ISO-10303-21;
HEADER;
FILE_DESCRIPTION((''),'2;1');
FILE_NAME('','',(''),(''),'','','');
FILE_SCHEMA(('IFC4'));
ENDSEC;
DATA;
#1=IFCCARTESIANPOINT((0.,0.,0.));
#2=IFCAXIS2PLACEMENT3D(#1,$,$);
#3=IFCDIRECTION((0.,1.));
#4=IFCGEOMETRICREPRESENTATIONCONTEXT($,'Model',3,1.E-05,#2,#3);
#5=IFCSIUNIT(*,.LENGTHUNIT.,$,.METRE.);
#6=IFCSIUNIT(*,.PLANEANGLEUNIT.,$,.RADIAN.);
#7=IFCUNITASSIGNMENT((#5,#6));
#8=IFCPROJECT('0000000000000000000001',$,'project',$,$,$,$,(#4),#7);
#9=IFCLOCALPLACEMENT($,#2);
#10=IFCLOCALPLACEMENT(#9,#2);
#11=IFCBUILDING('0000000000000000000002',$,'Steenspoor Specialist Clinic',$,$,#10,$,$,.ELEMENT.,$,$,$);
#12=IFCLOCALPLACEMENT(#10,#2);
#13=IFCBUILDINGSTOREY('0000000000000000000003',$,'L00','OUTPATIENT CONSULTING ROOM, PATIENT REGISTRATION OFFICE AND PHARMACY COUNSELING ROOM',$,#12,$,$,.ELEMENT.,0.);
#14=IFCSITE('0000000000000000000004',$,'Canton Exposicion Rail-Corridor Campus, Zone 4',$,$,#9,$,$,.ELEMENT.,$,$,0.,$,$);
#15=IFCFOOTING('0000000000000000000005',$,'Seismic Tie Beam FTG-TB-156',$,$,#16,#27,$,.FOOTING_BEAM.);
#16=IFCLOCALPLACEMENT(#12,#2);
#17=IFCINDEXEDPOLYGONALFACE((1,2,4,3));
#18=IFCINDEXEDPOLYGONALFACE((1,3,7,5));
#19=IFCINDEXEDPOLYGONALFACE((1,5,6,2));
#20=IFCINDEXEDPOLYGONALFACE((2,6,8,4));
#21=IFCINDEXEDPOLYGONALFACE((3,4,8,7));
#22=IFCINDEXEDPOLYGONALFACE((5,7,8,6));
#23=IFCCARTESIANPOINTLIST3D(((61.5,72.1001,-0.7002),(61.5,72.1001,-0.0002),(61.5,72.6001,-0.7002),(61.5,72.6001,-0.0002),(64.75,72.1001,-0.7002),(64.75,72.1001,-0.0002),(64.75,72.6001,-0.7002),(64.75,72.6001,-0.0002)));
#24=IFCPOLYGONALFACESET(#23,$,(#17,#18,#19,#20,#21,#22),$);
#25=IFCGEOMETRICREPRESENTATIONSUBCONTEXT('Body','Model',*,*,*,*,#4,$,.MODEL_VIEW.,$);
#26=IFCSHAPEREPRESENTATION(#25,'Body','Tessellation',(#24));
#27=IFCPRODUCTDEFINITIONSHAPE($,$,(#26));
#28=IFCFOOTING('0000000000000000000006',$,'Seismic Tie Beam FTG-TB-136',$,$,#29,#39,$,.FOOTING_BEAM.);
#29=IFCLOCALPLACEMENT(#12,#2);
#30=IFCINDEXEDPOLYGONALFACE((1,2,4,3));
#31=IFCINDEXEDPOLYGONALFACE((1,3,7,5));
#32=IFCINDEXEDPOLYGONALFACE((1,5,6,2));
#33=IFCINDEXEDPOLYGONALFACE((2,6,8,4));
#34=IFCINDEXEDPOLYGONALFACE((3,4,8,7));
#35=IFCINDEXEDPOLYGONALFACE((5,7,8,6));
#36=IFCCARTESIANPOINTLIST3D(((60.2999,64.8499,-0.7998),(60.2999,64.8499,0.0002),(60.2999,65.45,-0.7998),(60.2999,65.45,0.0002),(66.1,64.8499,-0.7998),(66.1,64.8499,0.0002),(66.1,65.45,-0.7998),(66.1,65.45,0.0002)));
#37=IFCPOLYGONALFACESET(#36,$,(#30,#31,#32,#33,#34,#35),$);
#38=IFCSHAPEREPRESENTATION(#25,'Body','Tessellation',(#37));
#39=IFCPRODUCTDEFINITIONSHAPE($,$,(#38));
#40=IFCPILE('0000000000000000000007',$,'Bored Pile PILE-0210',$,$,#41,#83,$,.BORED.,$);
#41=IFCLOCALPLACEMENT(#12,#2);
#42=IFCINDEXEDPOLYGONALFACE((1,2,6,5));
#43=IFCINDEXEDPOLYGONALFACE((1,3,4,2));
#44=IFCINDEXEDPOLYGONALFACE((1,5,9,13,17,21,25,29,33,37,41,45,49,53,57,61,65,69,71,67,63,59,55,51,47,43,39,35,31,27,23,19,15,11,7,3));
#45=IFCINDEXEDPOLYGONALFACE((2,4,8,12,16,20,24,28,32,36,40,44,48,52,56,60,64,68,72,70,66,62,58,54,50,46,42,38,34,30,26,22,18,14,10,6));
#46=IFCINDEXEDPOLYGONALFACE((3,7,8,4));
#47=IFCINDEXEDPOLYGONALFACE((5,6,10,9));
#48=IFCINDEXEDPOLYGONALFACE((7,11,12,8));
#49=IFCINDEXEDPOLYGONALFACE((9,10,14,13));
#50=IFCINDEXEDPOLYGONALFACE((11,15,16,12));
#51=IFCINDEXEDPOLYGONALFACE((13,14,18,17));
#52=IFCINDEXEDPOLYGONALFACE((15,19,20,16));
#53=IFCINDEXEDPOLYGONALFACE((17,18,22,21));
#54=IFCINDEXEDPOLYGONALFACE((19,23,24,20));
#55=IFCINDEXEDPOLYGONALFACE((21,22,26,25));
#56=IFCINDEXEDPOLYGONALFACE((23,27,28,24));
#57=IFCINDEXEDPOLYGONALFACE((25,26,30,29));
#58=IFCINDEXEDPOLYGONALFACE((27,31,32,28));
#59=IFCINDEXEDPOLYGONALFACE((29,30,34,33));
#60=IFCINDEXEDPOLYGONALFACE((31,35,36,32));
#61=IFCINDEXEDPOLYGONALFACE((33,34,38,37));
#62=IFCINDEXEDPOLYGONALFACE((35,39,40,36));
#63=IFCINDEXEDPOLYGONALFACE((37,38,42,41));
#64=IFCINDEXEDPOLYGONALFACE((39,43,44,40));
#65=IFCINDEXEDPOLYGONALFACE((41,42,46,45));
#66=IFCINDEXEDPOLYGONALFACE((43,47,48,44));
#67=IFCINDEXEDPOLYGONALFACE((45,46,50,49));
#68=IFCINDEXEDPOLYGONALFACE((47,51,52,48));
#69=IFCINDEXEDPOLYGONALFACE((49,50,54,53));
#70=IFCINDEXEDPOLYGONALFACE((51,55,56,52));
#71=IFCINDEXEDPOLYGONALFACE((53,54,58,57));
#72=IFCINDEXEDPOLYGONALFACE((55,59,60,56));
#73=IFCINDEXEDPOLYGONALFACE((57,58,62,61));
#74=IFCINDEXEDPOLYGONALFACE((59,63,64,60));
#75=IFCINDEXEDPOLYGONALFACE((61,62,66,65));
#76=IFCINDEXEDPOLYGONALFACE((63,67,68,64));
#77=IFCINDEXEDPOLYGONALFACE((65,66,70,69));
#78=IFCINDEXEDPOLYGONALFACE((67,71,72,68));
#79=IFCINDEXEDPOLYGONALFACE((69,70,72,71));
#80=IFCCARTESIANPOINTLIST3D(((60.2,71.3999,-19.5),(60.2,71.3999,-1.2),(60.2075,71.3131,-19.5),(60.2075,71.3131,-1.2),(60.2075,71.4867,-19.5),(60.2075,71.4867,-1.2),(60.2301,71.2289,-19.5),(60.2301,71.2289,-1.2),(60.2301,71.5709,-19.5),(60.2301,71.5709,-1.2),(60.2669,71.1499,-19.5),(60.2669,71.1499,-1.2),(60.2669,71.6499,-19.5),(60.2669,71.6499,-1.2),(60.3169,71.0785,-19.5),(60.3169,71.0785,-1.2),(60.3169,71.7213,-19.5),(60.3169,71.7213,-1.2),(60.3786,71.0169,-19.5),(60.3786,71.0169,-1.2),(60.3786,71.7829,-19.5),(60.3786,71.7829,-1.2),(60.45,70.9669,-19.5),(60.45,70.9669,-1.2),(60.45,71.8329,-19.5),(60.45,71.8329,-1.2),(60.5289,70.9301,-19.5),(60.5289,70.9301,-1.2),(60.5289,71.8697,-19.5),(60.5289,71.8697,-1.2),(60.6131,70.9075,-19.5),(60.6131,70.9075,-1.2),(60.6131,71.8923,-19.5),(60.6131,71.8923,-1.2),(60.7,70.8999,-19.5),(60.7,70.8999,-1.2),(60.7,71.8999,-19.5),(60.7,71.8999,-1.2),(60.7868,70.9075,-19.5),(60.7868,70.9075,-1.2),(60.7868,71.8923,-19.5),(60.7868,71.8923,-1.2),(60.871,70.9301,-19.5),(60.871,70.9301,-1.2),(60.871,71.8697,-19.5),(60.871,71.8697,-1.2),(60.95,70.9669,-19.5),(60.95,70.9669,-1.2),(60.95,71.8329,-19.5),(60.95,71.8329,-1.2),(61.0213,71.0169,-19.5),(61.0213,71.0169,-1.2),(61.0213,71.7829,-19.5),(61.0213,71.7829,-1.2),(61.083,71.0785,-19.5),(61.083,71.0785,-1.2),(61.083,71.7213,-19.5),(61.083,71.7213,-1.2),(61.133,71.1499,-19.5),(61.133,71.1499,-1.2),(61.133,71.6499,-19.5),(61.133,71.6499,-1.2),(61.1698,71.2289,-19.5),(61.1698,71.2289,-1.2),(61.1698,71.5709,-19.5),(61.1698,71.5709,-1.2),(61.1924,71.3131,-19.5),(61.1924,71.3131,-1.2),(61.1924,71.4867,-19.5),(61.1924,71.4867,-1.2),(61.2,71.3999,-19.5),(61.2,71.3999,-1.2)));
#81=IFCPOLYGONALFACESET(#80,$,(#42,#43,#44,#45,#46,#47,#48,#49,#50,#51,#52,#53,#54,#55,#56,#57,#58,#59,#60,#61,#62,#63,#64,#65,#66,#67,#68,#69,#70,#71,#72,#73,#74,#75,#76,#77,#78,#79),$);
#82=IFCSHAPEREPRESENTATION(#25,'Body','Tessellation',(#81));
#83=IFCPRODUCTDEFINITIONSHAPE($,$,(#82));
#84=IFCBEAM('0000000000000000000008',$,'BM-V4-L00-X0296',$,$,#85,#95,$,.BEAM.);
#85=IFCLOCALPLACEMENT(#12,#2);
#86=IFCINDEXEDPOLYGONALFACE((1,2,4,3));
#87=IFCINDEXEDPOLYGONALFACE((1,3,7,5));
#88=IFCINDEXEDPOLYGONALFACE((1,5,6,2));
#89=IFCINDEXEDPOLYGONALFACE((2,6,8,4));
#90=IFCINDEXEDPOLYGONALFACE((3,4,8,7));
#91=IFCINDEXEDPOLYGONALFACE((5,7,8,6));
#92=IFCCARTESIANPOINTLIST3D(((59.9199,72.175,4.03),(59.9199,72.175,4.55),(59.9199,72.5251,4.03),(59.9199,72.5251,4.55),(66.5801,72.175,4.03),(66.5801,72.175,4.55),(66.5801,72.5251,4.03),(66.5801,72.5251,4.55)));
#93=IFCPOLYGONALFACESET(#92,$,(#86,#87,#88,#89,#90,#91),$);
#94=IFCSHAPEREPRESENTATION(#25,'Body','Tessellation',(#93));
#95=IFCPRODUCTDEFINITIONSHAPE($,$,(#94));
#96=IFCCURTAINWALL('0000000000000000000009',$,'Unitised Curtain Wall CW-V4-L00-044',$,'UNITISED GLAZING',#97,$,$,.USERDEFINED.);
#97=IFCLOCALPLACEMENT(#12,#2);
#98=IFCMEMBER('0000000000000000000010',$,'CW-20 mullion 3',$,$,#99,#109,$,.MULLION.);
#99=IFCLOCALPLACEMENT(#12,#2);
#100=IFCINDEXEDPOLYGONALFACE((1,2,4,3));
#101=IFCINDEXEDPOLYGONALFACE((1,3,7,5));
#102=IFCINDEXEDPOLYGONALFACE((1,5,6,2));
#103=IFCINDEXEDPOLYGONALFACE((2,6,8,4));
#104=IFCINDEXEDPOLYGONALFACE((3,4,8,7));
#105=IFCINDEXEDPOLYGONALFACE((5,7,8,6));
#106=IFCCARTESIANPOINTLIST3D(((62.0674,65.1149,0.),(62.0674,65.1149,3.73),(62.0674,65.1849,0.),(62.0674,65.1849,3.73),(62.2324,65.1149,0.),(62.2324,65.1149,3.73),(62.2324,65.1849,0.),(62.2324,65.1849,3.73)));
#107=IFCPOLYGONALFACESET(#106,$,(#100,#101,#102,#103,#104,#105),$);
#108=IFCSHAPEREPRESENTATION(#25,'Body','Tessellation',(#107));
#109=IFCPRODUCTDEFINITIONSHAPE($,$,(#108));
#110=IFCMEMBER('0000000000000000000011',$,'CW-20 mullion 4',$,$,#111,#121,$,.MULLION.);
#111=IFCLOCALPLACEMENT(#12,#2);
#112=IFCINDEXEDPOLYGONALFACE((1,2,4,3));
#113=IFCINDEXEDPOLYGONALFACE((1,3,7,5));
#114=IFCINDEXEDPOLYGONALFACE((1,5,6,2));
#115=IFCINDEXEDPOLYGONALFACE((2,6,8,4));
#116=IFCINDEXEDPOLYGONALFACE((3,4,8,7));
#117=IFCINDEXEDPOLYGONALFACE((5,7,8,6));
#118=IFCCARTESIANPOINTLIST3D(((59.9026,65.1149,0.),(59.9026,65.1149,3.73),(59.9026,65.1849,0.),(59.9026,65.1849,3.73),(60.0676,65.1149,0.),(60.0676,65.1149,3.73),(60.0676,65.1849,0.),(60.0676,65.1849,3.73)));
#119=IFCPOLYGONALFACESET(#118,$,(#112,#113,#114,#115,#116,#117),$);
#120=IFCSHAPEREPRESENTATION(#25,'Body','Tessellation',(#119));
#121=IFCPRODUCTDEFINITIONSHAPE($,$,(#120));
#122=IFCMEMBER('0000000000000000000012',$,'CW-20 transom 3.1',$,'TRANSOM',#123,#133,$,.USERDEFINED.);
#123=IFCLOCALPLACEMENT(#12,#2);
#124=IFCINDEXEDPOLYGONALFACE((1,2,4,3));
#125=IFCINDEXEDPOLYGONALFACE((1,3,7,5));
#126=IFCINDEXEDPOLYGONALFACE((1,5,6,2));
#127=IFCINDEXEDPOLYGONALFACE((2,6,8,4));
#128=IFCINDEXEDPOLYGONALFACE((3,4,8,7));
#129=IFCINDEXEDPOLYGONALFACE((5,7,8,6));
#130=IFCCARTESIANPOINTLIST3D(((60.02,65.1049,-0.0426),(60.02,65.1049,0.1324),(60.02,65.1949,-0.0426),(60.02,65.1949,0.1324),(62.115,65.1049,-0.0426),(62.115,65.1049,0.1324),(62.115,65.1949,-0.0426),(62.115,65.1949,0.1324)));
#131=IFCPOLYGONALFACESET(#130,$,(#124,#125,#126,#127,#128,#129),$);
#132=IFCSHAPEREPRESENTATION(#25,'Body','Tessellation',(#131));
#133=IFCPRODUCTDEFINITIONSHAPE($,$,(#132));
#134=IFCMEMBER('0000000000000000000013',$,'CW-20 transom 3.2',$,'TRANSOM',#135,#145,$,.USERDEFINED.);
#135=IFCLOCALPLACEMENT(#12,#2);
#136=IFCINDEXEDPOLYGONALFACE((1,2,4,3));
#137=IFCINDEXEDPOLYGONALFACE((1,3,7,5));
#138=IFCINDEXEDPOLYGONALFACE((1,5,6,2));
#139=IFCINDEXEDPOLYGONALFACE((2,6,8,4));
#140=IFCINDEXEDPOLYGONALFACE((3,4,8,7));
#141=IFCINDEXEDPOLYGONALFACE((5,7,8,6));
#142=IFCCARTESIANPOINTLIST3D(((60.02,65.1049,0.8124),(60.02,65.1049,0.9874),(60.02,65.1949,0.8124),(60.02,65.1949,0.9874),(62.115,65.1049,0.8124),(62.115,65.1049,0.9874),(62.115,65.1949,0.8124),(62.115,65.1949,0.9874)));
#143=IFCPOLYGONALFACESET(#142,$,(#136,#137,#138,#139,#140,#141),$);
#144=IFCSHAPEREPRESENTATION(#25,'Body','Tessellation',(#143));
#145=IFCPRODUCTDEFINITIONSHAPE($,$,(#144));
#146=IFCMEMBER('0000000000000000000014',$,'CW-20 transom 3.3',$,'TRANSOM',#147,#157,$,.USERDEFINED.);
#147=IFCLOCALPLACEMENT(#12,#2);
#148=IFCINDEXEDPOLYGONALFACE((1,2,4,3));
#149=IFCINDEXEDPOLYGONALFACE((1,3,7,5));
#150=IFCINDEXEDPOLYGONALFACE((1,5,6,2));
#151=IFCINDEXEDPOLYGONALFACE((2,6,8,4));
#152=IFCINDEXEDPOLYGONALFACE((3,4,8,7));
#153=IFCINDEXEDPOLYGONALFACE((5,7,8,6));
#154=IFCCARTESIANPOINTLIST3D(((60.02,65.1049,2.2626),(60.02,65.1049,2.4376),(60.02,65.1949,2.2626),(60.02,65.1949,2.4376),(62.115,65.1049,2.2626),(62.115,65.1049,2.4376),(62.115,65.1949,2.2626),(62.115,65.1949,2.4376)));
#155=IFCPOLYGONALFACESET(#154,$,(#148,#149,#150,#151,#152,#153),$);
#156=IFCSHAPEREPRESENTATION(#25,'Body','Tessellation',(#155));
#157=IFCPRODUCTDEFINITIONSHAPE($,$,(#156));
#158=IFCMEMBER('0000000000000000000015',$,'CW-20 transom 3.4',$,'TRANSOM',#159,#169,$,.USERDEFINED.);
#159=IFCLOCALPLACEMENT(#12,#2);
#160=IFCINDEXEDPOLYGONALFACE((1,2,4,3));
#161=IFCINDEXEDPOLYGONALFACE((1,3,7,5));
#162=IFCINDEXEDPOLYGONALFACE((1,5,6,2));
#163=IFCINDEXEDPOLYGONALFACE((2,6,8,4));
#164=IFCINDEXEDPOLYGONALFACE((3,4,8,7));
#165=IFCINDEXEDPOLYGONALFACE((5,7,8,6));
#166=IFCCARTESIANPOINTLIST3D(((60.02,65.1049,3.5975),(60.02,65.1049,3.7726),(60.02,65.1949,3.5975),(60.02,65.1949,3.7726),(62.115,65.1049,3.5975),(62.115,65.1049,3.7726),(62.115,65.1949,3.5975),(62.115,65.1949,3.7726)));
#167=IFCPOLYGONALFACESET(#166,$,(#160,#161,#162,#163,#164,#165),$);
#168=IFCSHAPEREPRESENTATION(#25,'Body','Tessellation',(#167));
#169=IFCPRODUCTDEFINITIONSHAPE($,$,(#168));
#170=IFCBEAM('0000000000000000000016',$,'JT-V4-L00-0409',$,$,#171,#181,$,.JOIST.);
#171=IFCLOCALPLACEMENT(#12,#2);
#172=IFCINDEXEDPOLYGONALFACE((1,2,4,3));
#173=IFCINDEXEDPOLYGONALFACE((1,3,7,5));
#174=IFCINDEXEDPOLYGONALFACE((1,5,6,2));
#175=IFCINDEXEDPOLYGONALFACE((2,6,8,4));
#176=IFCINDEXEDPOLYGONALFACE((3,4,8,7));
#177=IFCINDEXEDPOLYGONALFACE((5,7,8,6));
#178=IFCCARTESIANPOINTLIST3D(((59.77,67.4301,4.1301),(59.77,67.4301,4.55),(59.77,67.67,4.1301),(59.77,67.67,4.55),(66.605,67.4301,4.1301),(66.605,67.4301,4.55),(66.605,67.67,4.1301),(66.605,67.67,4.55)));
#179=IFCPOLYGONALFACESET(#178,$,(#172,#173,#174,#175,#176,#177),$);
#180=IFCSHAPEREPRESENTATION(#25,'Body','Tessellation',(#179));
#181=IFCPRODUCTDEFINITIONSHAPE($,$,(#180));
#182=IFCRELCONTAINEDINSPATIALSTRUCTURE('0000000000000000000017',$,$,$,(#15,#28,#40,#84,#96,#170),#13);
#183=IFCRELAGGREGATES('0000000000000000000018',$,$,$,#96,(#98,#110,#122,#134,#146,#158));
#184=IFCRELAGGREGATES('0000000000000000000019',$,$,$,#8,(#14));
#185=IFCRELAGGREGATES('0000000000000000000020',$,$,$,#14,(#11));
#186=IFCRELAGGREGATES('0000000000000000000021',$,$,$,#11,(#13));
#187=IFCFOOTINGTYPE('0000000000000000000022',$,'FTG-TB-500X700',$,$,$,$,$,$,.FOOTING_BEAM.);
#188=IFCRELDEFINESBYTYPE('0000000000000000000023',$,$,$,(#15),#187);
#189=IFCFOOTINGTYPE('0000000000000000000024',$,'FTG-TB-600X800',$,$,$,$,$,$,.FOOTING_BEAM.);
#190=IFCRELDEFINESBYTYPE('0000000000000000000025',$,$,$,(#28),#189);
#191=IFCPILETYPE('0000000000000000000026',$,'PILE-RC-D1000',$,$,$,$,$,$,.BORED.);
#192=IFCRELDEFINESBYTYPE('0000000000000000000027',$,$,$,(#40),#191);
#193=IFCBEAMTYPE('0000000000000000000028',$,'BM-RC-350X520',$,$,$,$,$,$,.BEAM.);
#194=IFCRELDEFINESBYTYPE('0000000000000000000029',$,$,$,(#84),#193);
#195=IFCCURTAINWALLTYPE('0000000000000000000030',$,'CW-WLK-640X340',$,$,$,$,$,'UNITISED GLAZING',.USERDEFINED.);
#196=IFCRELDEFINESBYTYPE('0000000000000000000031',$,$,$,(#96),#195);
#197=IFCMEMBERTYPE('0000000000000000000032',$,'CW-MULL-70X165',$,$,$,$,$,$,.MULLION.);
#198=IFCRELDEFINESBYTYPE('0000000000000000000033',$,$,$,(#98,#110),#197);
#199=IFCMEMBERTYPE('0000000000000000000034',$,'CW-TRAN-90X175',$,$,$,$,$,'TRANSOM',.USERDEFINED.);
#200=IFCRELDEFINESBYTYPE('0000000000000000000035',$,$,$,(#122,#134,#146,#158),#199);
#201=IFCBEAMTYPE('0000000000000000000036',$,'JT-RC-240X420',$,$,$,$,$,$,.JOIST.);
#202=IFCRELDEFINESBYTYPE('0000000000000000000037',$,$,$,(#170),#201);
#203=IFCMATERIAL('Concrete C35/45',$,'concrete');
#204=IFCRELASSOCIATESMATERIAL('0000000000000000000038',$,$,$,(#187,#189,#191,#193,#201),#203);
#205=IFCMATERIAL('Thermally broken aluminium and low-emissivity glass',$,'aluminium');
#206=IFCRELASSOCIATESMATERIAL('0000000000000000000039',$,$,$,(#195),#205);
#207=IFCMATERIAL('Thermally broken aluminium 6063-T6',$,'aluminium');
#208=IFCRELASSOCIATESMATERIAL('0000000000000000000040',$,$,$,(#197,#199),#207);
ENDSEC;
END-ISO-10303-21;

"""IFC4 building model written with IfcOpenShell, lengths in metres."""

from ifc_helpers import new_model, si_unit, direction, frame, origin, origin_2d, place, context, subcontext, project, spatial, rectangle, circle, extrude, material, material_profile, profile_set, type_object, element, aggregate, save


model = new_model("IFC4")

# Units and contexts
model_context = context("Model", 3, precision=1e-05, world=origin(), true_north=direction((0.0, 1.0)))
body_context = subcontext(model_context, "Body", "Model", "MODEL_VIEW")
ifc_project = project(units=[si_unit("LENGTHUNIT", "METRE"), si_unit("PLANEANGLEUNIT", "RADIAN")], contexts=[model_context])

# Site, building, storey
site_placement = place(None, origin())
site = spatial("IfcSite", under=ifc_project, at=site_placement, Name="Canton Exposicion Rail-Corridor Campus, Zone 4", CompositionType="ELEMENT", RefElevation=0.0)
building_placement = place(site_placement, origin())
building = spatial("IfcBuilding", under=site, at=building_placement, Name="Steenspoor Specialist Clinic", CompositionType="ELEMENT")
storey_placement = place(building_placement, origin())
storey = spatial("IfcBuildingStorey", under=building, at=storey_placement, Name="L00", Description="OUTPATIENT CONSULTING ROOM, PATIENT REGISTRATION OFFICE AND PHARMACY COUNSELING ROOM", CompositionType="ELEMENT", Elevation=0.0)

# Footings
ifc_material_1 = material(Name="Concrete C35/45", Category="concrete")
footing_type_1 = type_object("IfcFootingType", Name="FTG-TB-500X700", PredefinedType="FOOTING_BEAM", material=ifc_material_1)
footing_1_placement = place(storey_placement, frame((63.125, 72.3501, -0.7002), z_axis=(0.0, 0.0, 1.0), x_axis=(1.0, 0.0, 0.0)))
element("IfcFooting", 1, at=footing_1_placement, inside=storey, type_object=footing_type_1, Name="Seismic Tie Beam FTG-TB-156", PredefinedType="FOOTING_BEAM", context=body_context, shape_type="SweptSolid", body=[
    extrude(rectangle(XDim=3.25, YDim=0.5, at=origin_2d()), origin(), (0.0, 0.0, 1.0), 0.7),
])
footing_type_2 = type_object("IfcFootingType", Name="FTG-TB-600X800", PredefinedType="FOOTING_BEAM", material=ifc_material_1)
footing_2_placement = place(storey_placement, frame((63.2, 65.1499, -0.7998), z_axis=(0.0, 0.0, 1.0), x_axis=(1.0, 0.0, 0.0)))
element("IfcFooting", 2, at=footing_2_placement, inside=storey, type_object=footing_type_2, Name="Seismic Tie Beam FTG-TB-136", PredefinedType="FOOTING_BEAM", context=body_context, shape_type="SweptSolid", body=[
    extrude(rectangle(XDim=5.8, YDim=0.6001, at=origin_2d()), origin(), (0.0, 0.0, 1.0), 0.8),
])

# Pile
ifc_material_profile_1 = material_profile(ifc_material_1, circle(Radius=0.5, at=origin_2d()), Name="PILE-D1000")
ifc_profile_set_1 = profile_set([ifc_material_profile_1], Name="Concrete C35/45")
pile_type = type_object("IfcPileType", Name="PILE-RC-D1000", PredefinedType="BORED", material=ifc_profile_set_1)
pile_placement = place(storey_placement, frame((60.7, 71.3999, -1.2), z_axis=(0.0, 0.0, -1.0), x_axis=(1.0, 0.0, 0.0)))
element("IfcPile", 3, at=pile_placement, inside=storey, type_object=pile_type, Name="Bored Pile PILE-0210", PredefinedType="BORED", context=body_context, shape_type="SweptSolid", body=[
    extrude(circle(Radius=0.5, at=origin_2d()), origin(), (0.0, 0.0, 1.0), 18.3),
])

# Beam
ifc_material_profile_2 = material_profile(ifc_material_1, rectangle(XDim=0.3501, YDim=0.52, at=origin_2d()), Name="RC-BM-350X520")
ifc_profile_set_2 = profile_set([ifc_material_profile_2], Name="Concrete C35/45")
beam_type_1 = type_object("IfcBeamType", Name="BM-RC-350X520", PredefinedType="BEAM", material=ifc_profile_set_2)
beam_1_placement = place(storey_placement, frame((59.9199, 72.3501, 4.29), z_axis=(1.0, 0.0, 0.0), x_axis=(0.0, 1.0, 0.0)))
element("IfcBeam", 4, at=beam_1_placement, inside=storey, type_object=beam_type_1, Name="BM-V4-L00-X0296", PredefinedType="BEAM", context=body_context, shape_type="SweptSolid", body=[
    extrude(rectangle(XDim=0.3501, YDim=0.52, at=origin_2d()), origin(), (0.0, 0.0, 1.0), 6.6602),
])

# Curtain wall, members
ifc_material_2 = material(Name="Thermally broken aluminium and low-emissivity glass", Category="aluminium")
curtain_wall_type = type_object("IfcCurtainWallType", Name="CW-WLK-640X340", ElementType="UNITISED GLAZING", PredefinedType="USERDEFINED", material=ifc_material_2)
curtain_wall_placement = place(storey_placement, origin())
curtain_wall = element("IfcCurtainWall", 5, at=curtain_wall_placement, inside=storey, type_object=curtain_wall_type, Name="Unitised Curtain Wall CW-V4-L00-044", ObjectType="UNITISED GLAZING", PredefinedType="USERDEFINED")
ifc_material_3 = material(Name="Thermally broken aluminium 6063-T6", Category="aluminium")
ifc_material_profile_3 = material_profile(ifc_material_3, rectangle(XDim=0.0701, YDim=0.165, at=origin_2d()), Name="CWM-70X165")
ifc_profile_set_3 = profile_set([ifc_material_profile_3], Name="Thermally broken aluminium 6063-T6")
member_type_1 = type_object("IfcMemberType", Name="CW-MULL-70X165", PredefinedType="MULLION", material=ifc_profile_set_3)
member_1_placement = place(storey_placement, frame((62.1499, 65.1499, 0.0), z_axis=(0.0, 0.0, 1.0), x_axis=(0.0, -1.0, 0.0)))
member_1 = element("IfcMember", 6, at=member_1_placement, type_object=member_type_1, Name="CW-20 mullion 3", PredefinedType="MULLION", context=body_context, shape_type="SweptSolid", body=[
    extrude(rectangle(XDim=0.0701, YDim=0.165, at=origin_2d()), origin(), (0.0, 0.0, 1.0), 3.73),
])
member_2_placement = place(storey_placement, frame((59.9851, 65.1499, 0.0), z_axis=(0.0, 0.0, 1.0), x_axis=(0.0, -1.0, 0.0)))
member_2 = element("IfcMember", 7, at=member_2_placement, type_object=member_type_1, Name="CW-20 mullion 4", PredefinedType="MULLION", context=body_context, shape_type="SweptSolid", body=[
    extrude(rectangle(XDim=0.0701, YDim=0.165, at=origin_2d()), origin(), (0.0, 0.0, 1.0), 3.73),
])
ifc_material_profile_4 = material_profile(ifc_material_3, rectangle(XDim=0.0901, YDim=0.175, at=origin_2d()), Name="CWT-90X175")
ifc_profile_set_4 = profile_set([ifc_material_profile_4], Name="Thermally broken aluminium 6063-T6")
member_type_2 = type_object("IfcMemberType", Name="CW-TRAN-90X175", ElementType="TRANSOM", PredefinedType="USERDEFINED", material=ifc_profile_set_4)
member_3_placement = place(storey_placement, frame((62.115, 65.1499, 0.0449), z_axis=(-1.0, 0.0, 0.0), x_axis=(0.0, -1.0, 0.0)))
member_3 = element("IfcMember", 8, at=member_3_placement, type_object=member_type_2, Name="CW-20 transom 3.1", ObjectType="TRANSOM", PredefinedType="USERDEFINED", context=body_context, shape_type="SweptSolid", body=[
    extrude(rectangle(XDim=0.0901, YDim=0.175, at=origin_2d()), origin(), (0.0, 0.0, 1.0), 2.095),
])
member_4_placement = place(storey_placement, frame((62.115, 65.1499, 0.8999), z_axis=(-1.0, 0.0, 0.0), x_axis=(0.0, -1.0, 0.0)))
member_4 = element("IfcMember", 9, at=member_4_placement, type_object=member_type_2, Name="CW-20 transom 3.2", ObjectType="TRANSOM", PredefinedType="USERDEFINED", context=body_context, shape_type="SweptSolid", body=[
    extrude(rectangle(XDim=0.0901, YDim=0.175, at=origin_2d()), origin(), (0.0, 0.0, 1.0), 2.095),
])
member_5_placement = place(storey_placement, frame((62.115, 65.1499, 2.3501), z_axis=(-1.0, 0.0, 0.0), x_axis=(0.0, -1.0, 0.0)))
member_5 = element("IfcMember", 10, at=member_5_placement, type_object=member_type_2, Name="CW-20 transom 3.3", ObjectType="TRANSOM", PredefinedType="USERDEFINED", context=body_context, shape_type="SweptSolid", body=[
    extrude(rectangle(XDim=0.0901, YDim=0.175, at=origin_2d()), origin(), (0.0, 0.0, 1.0), 2.095),
])
member_6_placement = place(storey_placement, frame((62.115, 65.1499, 3.6851), z_axis=(-1.0, 0.0, 0.0), x_axis=(0.0, -1.0, 0.0)))
member_6 = element("IfcMember", 11, at=member_6_placement, type_object=member_type_2, Name="CW-20 transom 3.4", ObjectType="TRANSOM", PredefinedType="USERDEFINED", context=body_context, shape_type="SweptSolid", body=[
    extrude(rectangle(XDim=0.0901, YDim=0.175, at=origin_2d()), origin(), (0.0, 0.0, 1.0), 2.095),
])

# Beam
ifc_material_profile_5 = material_profile(ifc_material_1, rectangle(XDim=0.24, YDim=0.4199, at=origin_2d()), Name="RC-JT-240X420")
ifc_profile_set_5 = profile_set([ifc_material_profile_5], Name="Concrete C35/45")
beam_type_2 = type_object("IfcBeamType", Name="JT-RC-240X420", PredefinedType="JOIST", material=ifc_profile_set_5)
beam_2_placement = place(storey_placement, frame((59.77, 67.55, 4.3401), z_axis=(1.0, 0.0, 0.0), x_axis=(0.0, 1.0, 0.0)))
element("IfcBeam", 12, at=beam_2_placement, inside=storey, type_object=beam_type_2, Name="JT-V4-L00-0409", PredefinedType="JOIST", context=body_context, shape_type="SweptSolid", body=[
    extrude(rectangle(XDim=0.24, YDim=0.4199, at=origin_2d()), origin(), (0.0, 0.0, 1.0), 6.835),
])

aggregate(curtain_wall, [member_1, member_2, member_3, member_4, member_5, member_6])

save(model, "model.ifc")
